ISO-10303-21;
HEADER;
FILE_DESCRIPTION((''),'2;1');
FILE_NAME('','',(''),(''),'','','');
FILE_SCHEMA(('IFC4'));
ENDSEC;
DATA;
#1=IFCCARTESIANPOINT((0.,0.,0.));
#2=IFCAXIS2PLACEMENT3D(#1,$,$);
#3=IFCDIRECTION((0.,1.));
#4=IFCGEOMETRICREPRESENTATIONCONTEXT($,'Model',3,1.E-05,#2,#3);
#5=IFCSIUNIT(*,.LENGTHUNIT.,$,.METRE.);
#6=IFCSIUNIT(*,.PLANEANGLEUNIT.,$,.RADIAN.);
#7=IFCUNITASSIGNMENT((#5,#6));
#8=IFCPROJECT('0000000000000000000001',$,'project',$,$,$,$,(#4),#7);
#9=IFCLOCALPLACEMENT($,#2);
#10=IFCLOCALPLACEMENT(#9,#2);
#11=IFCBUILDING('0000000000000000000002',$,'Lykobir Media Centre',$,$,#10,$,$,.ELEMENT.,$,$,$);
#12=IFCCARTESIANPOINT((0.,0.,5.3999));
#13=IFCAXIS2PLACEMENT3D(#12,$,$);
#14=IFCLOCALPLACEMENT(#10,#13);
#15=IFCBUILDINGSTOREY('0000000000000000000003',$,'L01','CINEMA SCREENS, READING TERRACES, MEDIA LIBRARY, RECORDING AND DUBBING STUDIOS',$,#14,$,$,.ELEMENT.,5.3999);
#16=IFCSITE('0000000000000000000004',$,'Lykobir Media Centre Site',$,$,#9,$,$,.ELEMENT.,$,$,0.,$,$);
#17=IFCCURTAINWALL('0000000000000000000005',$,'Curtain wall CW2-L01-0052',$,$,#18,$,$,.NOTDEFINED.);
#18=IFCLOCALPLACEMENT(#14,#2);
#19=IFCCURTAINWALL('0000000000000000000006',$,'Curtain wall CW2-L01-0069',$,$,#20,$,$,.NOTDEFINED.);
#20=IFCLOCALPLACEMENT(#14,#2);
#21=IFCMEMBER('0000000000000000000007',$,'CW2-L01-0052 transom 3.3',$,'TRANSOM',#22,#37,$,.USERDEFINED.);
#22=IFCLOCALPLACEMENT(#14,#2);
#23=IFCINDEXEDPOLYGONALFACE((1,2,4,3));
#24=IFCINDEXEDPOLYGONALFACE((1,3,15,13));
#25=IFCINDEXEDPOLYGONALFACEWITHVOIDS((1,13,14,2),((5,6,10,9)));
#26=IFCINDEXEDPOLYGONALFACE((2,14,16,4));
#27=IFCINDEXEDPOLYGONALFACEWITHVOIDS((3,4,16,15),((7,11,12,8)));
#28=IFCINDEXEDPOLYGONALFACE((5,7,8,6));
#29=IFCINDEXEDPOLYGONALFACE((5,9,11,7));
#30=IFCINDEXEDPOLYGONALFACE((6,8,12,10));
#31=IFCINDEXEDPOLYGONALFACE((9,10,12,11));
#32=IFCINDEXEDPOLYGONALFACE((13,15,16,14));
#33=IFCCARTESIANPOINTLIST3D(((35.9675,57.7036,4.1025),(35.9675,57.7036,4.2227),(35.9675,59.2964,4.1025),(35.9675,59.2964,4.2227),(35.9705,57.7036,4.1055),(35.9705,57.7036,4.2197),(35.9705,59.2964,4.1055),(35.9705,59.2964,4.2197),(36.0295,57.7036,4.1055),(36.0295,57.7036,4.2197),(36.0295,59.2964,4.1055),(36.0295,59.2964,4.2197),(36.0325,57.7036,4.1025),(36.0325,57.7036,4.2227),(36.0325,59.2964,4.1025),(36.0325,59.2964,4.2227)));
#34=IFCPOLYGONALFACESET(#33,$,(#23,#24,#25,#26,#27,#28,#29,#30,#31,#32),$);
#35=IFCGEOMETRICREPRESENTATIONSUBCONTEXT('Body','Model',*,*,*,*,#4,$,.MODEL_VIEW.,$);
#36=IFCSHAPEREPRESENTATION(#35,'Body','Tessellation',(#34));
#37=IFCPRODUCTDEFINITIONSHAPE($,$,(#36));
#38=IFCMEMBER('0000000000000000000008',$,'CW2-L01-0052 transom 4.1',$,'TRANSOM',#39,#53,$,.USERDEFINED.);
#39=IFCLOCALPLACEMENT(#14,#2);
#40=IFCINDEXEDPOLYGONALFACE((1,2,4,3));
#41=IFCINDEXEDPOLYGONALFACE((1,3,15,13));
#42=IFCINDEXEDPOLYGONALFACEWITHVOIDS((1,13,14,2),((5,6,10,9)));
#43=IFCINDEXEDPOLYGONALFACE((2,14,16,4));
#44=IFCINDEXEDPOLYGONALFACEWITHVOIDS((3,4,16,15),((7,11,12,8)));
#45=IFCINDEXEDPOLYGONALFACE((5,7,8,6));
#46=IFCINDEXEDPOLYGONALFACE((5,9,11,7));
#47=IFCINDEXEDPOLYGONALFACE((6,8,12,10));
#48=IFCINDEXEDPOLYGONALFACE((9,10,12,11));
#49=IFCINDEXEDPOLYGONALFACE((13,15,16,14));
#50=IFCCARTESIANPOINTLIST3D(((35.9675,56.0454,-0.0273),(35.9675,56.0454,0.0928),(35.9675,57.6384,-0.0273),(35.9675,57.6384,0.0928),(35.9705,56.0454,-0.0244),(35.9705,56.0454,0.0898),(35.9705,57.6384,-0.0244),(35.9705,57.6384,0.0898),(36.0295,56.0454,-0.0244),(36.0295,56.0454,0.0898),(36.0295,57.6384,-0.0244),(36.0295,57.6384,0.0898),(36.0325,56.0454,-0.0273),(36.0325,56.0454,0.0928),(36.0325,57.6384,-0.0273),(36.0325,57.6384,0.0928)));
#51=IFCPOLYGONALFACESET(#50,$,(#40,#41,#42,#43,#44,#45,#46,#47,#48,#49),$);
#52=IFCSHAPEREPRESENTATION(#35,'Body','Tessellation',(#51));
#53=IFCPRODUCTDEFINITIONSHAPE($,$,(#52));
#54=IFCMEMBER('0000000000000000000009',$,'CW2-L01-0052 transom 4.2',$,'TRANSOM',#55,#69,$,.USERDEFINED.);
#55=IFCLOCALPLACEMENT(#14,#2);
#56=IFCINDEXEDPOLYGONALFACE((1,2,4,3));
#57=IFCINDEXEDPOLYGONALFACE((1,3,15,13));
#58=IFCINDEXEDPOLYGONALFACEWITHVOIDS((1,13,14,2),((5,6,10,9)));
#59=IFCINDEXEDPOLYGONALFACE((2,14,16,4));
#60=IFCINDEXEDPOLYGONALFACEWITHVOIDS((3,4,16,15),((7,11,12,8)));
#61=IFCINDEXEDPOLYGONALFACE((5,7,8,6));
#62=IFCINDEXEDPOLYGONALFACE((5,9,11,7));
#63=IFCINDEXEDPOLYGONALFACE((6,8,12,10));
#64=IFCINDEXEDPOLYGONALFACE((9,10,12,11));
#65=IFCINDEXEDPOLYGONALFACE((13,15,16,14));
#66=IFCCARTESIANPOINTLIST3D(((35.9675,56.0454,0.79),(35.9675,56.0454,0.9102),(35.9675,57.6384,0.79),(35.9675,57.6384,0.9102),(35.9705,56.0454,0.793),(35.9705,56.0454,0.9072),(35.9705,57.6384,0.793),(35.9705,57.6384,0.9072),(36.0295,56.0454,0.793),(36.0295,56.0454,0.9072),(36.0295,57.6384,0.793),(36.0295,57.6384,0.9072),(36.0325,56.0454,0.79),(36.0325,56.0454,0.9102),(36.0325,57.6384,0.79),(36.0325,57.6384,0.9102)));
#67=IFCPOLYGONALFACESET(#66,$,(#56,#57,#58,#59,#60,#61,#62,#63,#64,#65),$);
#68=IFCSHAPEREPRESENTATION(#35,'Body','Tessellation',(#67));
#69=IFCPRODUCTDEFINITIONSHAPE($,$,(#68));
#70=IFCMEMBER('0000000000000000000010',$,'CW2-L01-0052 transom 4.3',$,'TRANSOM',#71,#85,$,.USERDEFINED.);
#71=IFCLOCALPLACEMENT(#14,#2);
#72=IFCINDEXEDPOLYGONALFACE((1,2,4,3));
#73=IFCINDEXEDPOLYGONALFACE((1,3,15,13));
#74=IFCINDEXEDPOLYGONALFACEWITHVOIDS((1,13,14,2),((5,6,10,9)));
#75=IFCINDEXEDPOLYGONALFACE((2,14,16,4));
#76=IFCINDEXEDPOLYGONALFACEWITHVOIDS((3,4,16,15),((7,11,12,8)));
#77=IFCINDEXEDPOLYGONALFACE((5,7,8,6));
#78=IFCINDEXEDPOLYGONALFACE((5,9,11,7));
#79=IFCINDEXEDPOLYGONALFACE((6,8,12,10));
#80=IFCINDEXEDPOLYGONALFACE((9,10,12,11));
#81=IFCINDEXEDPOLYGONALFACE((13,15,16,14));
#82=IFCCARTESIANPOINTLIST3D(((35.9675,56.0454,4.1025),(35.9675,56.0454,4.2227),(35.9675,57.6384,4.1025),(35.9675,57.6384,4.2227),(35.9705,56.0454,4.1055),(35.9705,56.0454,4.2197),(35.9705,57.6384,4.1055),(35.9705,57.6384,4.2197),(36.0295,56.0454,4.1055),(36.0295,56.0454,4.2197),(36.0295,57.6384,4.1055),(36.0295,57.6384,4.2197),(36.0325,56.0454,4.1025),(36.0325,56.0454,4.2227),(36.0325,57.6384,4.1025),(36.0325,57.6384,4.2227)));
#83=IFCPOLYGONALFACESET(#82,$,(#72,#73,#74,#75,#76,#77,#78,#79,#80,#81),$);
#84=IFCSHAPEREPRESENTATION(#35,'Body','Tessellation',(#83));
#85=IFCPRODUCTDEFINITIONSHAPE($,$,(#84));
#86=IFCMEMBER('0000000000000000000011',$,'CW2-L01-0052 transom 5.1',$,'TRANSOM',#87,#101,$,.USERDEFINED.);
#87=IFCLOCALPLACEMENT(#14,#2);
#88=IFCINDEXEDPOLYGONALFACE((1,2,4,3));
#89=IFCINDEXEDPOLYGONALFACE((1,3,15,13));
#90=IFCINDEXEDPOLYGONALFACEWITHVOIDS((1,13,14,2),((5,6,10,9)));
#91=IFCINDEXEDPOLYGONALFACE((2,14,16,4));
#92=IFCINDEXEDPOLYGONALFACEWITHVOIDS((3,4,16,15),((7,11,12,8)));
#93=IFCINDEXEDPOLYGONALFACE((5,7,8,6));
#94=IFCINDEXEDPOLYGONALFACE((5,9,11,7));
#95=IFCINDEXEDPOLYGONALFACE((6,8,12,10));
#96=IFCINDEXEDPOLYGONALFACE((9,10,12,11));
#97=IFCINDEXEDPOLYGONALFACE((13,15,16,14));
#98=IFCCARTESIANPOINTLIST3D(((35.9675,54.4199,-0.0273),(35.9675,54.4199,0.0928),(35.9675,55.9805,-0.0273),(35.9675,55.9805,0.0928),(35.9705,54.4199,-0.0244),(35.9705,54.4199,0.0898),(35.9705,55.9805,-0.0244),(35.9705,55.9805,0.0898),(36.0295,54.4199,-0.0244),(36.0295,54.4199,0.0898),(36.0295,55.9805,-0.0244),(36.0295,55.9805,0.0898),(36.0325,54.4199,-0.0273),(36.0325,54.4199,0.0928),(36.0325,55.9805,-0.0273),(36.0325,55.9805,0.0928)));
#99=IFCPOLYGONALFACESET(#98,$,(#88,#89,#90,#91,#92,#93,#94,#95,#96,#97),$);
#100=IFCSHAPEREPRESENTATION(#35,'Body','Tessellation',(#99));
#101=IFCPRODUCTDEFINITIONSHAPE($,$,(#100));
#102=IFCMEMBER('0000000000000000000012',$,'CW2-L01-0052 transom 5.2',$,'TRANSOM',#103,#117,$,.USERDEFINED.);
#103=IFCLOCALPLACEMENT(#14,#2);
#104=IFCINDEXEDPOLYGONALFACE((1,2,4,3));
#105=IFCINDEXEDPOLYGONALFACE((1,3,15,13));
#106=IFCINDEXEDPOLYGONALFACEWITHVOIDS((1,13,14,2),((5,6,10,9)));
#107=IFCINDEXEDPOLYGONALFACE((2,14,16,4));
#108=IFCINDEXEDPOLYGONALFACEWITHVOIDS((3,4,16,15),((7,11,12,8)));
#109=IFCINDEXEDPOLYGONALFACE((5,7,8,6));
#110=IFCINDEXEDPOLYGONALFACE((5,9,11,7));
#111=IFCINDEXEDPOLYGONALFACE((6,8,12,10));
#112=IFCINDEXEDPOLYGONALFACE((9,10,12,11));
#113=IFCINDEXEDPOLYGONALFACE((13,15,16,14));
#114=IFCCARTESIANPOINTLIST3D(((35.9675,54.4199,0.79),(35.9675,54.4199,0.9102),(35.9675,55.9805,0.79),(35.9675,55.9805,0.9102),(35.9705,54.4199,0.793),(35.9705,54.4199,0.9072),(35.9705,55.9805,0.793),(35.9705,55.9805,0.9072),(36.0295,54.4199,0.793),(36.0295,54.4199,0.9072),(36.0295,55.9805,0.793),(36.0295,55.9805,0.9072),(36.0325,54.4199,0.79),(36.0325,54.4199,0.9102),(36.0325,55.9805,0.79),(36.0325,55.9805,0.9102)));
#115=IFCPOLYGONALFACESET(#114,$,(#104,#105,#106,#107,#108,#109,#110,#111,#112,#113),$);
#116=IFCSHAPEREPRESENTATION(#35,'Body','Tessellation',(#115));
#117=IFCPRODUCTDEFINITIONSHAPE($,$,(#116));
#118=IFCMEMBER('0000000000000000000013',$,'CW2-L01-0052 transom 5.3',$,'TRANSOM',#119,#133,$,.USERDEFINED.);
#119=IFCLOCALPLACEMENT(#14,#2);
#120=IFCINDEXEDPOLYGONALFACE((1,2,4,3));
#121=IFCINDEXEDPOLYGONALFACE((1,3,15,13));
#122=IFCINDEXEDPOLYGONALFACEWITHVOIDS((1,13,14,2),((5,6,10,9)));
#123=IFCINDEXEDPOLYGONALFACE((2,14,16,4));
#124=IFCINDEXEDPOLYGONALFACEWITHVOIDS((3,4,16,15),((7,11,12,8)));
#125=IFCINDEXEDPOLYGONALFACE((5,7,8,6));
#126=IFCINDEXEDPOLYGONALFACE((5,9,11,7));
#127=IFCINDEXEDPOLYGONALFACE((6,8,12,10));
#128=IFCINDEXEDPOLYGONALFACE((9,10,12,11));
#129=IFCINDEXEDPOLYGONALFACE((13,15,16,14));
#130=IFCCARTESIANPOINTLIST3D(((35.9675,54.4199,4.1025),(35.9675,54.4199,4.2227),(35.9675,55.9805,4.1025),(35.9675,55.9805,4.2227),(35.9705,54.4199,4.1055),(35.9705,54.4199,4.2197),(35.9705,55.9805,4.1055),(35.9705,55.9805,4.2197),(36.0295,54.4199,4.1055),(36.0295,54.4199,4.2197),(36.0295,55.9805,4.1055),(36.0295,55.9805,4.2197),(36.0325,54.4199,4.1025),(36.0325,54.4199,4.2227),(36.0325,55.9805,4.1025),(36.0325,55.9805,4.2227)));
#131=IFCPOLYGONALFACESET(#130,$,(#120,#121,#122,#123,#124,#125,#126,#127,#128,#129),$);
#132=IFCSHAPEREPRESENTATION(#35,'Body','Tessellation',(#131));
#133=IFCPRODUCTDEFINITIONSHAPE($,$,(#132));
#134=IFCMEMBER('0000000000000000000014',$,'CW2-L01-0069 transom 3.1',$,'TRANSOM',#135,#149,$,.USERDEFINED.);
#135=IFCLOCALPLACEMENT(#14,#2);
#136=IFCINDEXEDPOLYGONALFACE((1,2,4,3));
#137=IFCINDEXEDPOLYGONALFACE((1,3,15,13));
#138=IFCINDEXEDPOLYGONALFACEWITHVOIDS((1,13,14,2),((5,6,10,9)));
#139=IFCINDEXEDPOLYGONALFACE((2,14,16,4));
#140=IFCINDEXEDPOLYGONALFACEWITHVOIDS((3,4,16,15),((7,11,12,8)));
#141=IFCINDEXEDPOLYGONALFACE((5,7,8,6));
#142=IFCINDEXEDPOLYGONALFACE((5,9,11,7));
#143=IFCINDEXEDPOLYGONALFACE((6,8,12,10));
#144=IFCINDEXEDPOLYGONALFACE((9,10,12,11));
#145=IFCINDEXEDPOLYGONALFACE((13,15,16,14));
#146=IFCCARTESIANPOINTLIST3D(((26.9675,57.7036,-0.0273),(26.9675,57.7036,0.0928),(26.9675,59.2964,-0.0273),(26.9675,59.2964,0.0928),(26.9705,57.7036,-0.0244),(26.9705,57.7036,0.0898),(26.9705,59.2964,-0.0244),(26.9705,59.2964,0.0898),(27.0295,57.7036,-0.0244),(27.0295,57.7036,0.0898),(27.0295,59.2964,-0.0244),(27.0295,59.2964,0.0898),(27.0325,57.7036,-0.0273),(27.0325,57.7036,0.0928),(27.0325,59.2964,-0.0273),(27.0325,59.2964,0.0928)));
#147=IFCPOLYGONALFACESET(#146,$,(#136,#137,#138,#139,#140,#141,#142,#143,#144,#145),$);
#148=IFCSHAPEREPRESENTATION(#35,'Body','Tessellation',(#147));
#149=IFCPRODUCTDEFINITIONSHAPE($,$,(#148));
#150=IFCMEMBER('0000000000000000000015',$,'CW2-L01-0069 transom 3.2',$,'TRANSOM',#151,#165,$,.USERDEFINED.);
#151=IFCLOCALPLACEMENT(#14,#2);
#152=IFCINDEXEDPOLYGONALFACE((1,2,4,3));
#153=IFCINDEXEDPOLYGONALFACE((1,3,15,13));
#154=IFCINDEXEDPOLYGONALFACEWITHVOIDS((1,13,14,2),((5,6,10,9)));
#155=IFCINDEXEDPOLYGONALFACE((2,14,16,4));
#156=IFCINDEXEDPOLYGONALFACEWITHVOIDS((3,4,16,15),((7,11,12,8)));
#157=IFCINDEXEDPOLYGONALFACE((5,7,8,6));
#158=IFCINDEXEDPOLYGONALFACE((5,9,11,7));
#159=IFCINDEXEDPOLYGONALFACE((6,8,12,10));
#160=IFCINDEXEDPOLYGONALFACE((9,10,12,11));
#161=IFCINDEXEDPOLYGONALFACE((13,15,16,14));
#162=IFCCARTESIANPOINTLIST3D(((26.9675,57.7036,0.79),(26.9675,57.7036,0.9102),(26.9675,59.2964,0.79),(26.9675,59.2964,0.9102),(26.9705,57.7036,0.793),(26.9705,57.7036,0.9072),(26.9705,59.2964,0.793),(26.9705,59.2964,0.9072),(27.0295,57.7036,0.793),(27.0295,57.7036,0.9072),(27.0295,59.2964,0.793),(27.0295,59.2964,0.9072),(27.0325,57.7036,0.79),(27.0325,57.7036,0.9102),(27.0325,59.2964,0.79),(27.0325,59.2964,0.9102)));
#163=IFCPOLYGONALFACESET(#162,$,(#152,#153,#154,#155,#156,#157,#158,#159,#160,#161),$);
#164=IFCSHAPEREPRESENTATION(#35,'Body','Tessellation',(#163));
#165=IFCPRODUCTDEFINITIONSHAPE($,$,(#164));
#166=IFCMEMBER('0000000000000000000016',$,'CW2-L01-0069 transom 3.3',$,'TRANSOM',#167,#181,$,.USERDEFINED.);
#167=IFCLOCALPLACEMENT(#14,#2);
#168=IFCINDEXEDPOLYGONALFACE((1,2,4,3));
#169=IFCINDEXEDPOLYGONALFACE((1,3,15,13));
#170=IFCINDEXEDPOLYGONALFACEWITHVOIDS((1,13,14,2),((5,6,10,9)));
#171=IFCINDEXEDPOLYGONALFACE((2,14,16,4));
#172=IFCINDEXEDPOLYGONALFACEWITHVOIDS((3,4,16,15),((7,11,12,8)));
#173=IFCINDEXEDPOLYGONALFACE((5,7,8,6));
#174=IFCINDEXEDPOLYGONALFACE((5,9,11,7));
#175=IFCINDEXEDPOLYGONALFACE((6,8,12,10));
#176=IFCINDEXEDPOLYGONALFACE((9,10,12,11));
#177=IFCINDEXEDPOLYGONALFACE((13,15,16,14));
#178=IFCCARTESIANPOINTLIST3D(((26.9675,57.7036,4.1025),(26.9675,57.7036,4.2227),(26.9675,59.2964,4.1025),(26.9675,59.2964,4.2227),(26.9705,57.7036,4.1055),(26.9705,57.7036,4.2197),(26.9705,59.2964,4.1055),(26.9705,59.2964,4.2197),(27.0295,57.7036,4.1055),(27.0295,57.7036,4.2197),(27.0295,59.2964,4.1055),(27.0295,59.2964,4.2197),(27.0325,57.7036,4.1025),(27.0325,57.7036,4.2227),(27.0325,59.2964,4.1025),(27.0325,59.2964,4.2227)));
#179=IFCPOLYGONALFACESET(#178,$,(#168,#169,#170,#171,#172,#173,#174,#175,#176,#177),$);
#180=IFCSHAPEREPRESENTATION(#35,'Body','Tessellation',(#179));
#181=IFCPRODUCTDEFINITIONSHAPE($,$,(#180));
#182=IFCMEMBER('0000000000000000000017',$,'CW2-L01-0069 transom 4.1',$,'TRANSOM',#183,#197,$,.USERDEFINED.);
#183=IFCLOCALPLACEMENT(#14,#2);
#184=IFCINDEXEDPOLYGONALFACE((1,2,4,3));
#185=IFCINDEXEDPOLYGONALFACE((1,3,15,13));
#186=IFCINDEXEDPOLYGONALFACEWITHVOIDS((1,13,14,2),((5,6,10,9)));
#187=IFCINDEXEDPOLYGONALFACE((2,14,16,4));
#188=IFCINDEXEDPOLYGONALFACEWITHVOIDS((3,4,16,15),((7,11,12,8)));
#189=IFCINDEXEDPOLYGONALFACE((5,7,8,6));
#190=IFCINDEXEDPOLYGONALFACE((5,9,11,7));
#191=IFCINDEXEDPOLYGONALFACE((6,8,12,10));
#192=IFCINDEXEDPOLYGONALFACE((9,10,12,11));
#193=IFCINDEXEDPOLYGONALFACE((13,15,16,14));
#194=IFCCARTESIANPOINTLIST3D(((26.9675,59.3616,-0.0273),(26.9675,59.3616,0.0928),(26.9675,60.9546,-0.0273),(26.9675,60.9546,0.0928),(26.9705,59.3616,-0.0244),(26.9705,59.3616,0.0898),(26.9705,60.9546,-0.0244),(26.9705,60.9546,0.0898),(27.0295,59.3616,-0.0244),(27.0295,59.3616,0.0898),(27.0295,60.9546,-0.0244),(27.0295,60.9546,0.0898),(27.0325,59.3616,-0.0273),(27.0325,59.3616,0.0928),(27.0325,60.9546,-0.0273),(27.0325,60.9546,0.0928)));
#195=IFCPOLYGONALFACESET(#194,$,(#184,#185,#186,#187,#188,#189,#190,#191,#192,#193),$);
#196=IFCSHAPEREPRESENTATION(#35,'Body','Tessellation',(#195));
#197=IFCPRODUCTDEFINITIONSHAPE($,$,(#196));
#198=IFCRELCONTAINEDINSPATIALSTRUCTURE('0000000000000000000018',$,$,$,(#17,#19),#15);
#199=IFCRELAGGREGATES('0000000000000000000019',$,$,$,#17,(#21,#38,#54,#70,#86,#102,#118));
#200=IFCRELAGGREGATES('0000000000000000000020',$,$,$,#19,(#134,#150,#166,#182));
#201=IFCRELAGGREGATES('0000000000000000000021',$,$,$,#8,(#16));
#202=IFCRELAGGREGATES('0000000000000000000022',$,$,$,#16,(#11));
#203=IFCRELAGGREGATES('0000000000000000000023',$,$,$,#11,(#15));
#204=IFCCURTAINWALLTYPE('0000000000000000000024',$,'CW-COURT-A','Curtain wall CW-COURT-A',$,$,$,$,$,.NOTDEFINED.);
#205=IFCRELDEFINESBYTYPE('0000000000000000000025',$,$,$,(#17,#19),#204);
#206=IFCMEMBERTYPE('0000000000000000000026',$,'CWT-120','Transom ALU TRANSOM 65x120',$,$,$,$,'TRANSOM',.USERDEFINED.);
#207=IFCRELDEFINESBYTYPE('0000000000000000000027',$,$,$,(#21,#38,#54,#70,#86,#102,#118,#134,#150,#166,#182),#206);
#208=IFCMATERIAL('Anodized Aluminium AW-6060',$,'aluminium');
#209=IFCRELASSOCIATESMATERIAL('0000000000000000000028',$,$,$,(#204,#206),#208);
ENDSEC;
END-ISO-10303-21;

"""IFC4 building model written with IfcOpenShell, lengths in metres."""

from ifc_helpers import new_model, si_unit, direction, frame, origin, origin_2d, place, context, subcontext, project, spatial, hollow_rectangle, extrude, material, material_profile, profile_set, type_object, element, aggregate, save


model = new_model("IFC4")

# Units and contexts
model_context = context("Model", 3, precision=1e-05, world=origin(), true_north=direction((0.0, 1.0)))
body_context = subcontext(model_context, "Body", "Model", "MODEL_VIEW")
ifc_project = project(units=[si_unit("LENGTHUNIT", "METRE"), si_unit("PLANEANGLEUNIT", "RADIAN")], contexts=[model_context])

# Site, building, storey
site_placement = place(None, origin())
site = spatial("IfcSite", under=ifc_project, at=site_placement, Name="Lykobir Media Centre Site", CompositionType="ELEMENT", RefElevation=0.0)
building_placement = place(site_placement, origin())
building = spatial("IfcBuilding", under=site, at=building_placement, Name="Lykobir Media Centre", CompositionType="ELEMENT")
storey_placement = place(building_placement, frame((0.0, 0.0, 5.3999)))
storey = spatial("IfcBuildingStorey", under=building, at=storey_placement, Name="L01", Description="CINEMA SCREENS, READING TERRACES, MEDIA LIBRARY, RECORDING AND DUBBING STUDIOS", CompositionType="ELEMENT", Elevation=5.3999)

# Curtain walls
ifc_material_1 = material(Name="Anodized Aluminium AW-6060", Category="aluminium")
curtain_wall_type = type_object("IfcCurtainWallType", Name="CW-COURT-A", Description="Curtain wall CW-COURT-A", PredefinedType="NOTDEFINED", material=ifc_material_1)
curtain_wall_1_placement = place(storey_placement, origin())
curtain_wall_1 = element("IfcCurtainWall", 1, at=curtain_wall_1_placement, inside=storey, type_object=curtain_wall_type, Name="Curtain wall CW2-L01-0052", PredefinedType="NOTDEFINED")
curtain_wall_2_placement = place(storey_placement, origin())
curtain_wall_2 = element("IfcCurtainWall", 2, at=curtain_wall_2_placement, inside=storey, type_object=curtain_wall_type, Name="Curtain wall CW2-L01-0069", PredefinedType="NOTDEFINED")

# Members
ifc_material_profile_1 = material_profile(ifc_material_1, hollow_rectangle(XDim=0.0649, YDim=0.1201, WallThickness=0.0029, at=origin_2d()), Name="ALU TRANSOM 65x120")
ifc_profile_set_1 = profile_set([ifc_material_profile_1], Name="Anodized Aluminium AW-6060")
member_type_1 = type_object("IfcMemberType", Name="CWT-120", Description="Transom ALU TRANSOM 65x120", ElementType="TRANSOM", PredefinedType="USERDEFINED", material=ifc_profile_set_1)
member_1_placement = place(storey_placement, frame((36.0, 59.2964, 4.1626), z_axis=(0.0, -1.0, 0.0), x_axis=(1.0, 0.0, 0.0)))
member_1 = element("IfcMember", 3, at=member_1_placement, type_object=member_type_1, Name="CW2-L01-0052 transom 3.3", ObjectType="TRANSOM", PredefinedType="USERDEFINED", context=body_context, shape_type="SweptSolid", body=[
    extrude(hollow_rectangle(XDim=0.0649, YDim=0.1201, WallThickness=0.0029, at=origin_2d()), origin(), (0.0, 0.0, 1.0), 1.5928),
])
member_2_placement = place(storey_placement, frame((36.0, 57.6384, 0.0327), z_axis=(0.0, -1.0, 0.0), x_axis=(1.0, 0.0, 0.0)))
member_2 = element("IfcMember", 4, at=member_2_placement, type_object=member_type_1, Name="CW2-L01-0052 transom 4.1", ObjectType="TRANSOM", PredefinedType="USERDEFINED", context=body_context, shape_type="SweptSolid", body=[
    extrude(hollow_rectangle(XDim=0.0649, YDim=0.1201, WallThickness=0.0029, at=origin_2d()), origin(), (0.0, 0.0, 1.0), 1.593),
])
member_3_placement = place(storey_placement, frame((36.0, 57.6384, 0.8501), z_axis=(0.0, -1.0, 0.0), x_axis=(1.0, 0.0, 0.0)))
member_3 = element("IfcMember", 5, at=member_3_placement, type_object=member_type_1, Name="CW2-L01-0052 transom 4.2", ObjectType="TRANSOM", PredefinedType="USERDEFINED", context=body_context, shape_type="SweptSolid", body=[
    extrude(hollow_rectangle(XDim=0.0649, YDim=0.1201, WallThickness=0.0029, at=origin_2d()), origin(), (0.0, 0.0, 1.0), 1.593),
])
member_4_placement = place(storey_placement, frame((36.0, 57.6384, 4.1626), z_axis=(0.0, -1.0, 0.0), x_axis=(1.0, 0.0, 0.0)))
member_4 = element("IfcMember", 6, at=member_4_placement, type_object=member_type_1, Name="CW2-L01-0052 transom 4.3", ObjectType="TRANSOM", PredefinedType="USERDEFINED", context=body_context, shape_type="SweptSolid", body=[
    extrude(hollow_rectangle(XDim=0.0649, YDim=0.1201, WallThickness=0.0029, at=origin_2d()), origin(), (0.0, 0.0, 1.0), 1.593),
])
member_5_placement = place(storey_placement, frame((36.0, 55.9805, 0.0327), z_axis=(0.0, -1.0, 0.0), x_axis=(1.0, 0.0, 0.0)))
member_5 = element("IfcMember", 7, at=member_5_placement, type_object=member_type_1, Name="CW2-L01-0052 transom 5.1", ObjectType="TRANSOM", PredefinedType="USERDEFINED", context=body_context, shape_type="SweptSolid", body=[
    extrude(hollow_rectangle(XDim=0.0649, YDim=0.1201, WallThickness=0.0029, at=origin_2d()), origin(), (0.0, 0.0, 1.0), 1.5605),
])
member_6_placement = place(storey_placement, frame((36.0, 55.9805, 0.8501), z_axis=(0.0, -1.0, 0.0), x_axis=(1.0, 0.0, 0.0)))
member_6 = element("IfcMember", 8, at=member_6_placement, type_object=member_type_1, Name="CW2-L01-0052 transom 5.2", ObjectType="TRANSOM", PredefinedType="USERDEFINED", context=body_context, shape_type="SweptSolid", body=[
    extrude(hollow_rectangle(XDim=0.0649, YDim=0.1201, WallThickness=0.0029, at=origin_2d()), origin(), (0.0, 0.0, 1.0), 1.5605),
])
member_7_placement = place(storey_placement, frame((36.0, 55.9805, 4.1626), z_axis=(0.0, -1.0, 0.0), x_axis=(1.0, 0.0, 0.0)))
member_7 = element("IfcMember", 9, at=member_7_placement, type_object=member_type_1, Name="CW2-L01-0052 transom 5.3", ObjectType="TRANSOM", PredefinedType="USERDEFINED", context=body_context, shape_type="SweptSolid", body=[
    extrude(hollow_rectangle(XDim=0.0649, YDim=0.1201, WallThickness=0.0029, at=origin_2d()), origin(), (0.0, 0.0, 1.0), 1.5605),
])
member_8_placement = place(storey_placement, frame((27.0, 57.7036, 0.0327), z_axis=(0.0, 1.0, 0.0), x_axis=(-1.0, 0.0, 0.0)))
member_8 = element("IfcMember", 10, at=member_8_placement, type_object=member_type_1, Name="CW2-L01-0069 transom 3.1", ObjectType="TRANSOM", PredefinedType="USERDEFINED", context=body_context, shape_type="SweptSolid", body=[
    extrude(hollow_rectangle(XDim=0.0649, YDim=0.1201, WallThickness=0.0029, at=origin_2d()), origin(), (0.0, 0.0, 1.0), 1.5928),
])
member_9_placement = place(storey_placement, frame((27.0, 57.7036, 0.8501), z_axis=(0.0, 1.0, 0.0), x_axis=(-1.0, 0.0, 0.0)))
member_9 = element("IfcMember", 11, at=member_9_placement, type_object=member_type_1, Name="CW2-L01-0069 transom 3.2", ObjectType="TRANSOM", PredefinedType="USERDEFINED", context=body_context, shape_type="SweptSolid", body=[
    extrude(hollow_rectangle(XDim=0.0649, YDim=0.1201, WallThickness=0.0029, at=origin_2d()), origin(), (0.0, 0.0, 1.0), 1.5928),
])
member_10_placement = place(storey_placement, frame((27.0, 57.7036, 4.1626), z_axis=(0.0, 1.0, 0.0), x_axis=(-1.0, 0.0, 0.0)))
member_10 = element("IfcMember", 12, at=member_10_placement, type_object=member_type_1, Name="CW2-L01-0069 transom 3.3", ObjectType="TRANSOM", PredefinedType="USERDEFINED", context=body_context, shape_type="SweptSolid", body=[
    extrude(hollow_rectangle(XDim=0.0649, YDim=0.1201, WallThickness=0.0029, at=origin_2d()), origin(), (0.0, 0.0, 1.0), 1.5928),
])
member_11_placement = place(storey_placement, frame((27.0, 59.3616, 0.0327), z_axis=(0.0, 1.0, 0.0), x_axis=(-1.0, 0.0, 0.0)))
member_11 = element("IfcMember", 13, at=member_11_placement, type_object=member_type_1, Name="CW2-L01-0069 transom 4.1", ObjectType="TRANSOM", PredefinedType="USERDEFINED", context=body_context, shape_type="SweptSolid", body=[
    extrude(hollow_rectangle(XDim=0.0649, YDim=0.1201, WallThickness=0.0029, at=origin_2d()), origin(), (0.0, 0.0, 1.0), 1.593),
])

aggregate(curtain_wall_1, [member_1, member_2, member_3, member_4, member_5, member_6, member_7])
aggregate(curtain_wall_2, [member_8, member_9, member_10, member_11])

save(model, "model.ifc")
